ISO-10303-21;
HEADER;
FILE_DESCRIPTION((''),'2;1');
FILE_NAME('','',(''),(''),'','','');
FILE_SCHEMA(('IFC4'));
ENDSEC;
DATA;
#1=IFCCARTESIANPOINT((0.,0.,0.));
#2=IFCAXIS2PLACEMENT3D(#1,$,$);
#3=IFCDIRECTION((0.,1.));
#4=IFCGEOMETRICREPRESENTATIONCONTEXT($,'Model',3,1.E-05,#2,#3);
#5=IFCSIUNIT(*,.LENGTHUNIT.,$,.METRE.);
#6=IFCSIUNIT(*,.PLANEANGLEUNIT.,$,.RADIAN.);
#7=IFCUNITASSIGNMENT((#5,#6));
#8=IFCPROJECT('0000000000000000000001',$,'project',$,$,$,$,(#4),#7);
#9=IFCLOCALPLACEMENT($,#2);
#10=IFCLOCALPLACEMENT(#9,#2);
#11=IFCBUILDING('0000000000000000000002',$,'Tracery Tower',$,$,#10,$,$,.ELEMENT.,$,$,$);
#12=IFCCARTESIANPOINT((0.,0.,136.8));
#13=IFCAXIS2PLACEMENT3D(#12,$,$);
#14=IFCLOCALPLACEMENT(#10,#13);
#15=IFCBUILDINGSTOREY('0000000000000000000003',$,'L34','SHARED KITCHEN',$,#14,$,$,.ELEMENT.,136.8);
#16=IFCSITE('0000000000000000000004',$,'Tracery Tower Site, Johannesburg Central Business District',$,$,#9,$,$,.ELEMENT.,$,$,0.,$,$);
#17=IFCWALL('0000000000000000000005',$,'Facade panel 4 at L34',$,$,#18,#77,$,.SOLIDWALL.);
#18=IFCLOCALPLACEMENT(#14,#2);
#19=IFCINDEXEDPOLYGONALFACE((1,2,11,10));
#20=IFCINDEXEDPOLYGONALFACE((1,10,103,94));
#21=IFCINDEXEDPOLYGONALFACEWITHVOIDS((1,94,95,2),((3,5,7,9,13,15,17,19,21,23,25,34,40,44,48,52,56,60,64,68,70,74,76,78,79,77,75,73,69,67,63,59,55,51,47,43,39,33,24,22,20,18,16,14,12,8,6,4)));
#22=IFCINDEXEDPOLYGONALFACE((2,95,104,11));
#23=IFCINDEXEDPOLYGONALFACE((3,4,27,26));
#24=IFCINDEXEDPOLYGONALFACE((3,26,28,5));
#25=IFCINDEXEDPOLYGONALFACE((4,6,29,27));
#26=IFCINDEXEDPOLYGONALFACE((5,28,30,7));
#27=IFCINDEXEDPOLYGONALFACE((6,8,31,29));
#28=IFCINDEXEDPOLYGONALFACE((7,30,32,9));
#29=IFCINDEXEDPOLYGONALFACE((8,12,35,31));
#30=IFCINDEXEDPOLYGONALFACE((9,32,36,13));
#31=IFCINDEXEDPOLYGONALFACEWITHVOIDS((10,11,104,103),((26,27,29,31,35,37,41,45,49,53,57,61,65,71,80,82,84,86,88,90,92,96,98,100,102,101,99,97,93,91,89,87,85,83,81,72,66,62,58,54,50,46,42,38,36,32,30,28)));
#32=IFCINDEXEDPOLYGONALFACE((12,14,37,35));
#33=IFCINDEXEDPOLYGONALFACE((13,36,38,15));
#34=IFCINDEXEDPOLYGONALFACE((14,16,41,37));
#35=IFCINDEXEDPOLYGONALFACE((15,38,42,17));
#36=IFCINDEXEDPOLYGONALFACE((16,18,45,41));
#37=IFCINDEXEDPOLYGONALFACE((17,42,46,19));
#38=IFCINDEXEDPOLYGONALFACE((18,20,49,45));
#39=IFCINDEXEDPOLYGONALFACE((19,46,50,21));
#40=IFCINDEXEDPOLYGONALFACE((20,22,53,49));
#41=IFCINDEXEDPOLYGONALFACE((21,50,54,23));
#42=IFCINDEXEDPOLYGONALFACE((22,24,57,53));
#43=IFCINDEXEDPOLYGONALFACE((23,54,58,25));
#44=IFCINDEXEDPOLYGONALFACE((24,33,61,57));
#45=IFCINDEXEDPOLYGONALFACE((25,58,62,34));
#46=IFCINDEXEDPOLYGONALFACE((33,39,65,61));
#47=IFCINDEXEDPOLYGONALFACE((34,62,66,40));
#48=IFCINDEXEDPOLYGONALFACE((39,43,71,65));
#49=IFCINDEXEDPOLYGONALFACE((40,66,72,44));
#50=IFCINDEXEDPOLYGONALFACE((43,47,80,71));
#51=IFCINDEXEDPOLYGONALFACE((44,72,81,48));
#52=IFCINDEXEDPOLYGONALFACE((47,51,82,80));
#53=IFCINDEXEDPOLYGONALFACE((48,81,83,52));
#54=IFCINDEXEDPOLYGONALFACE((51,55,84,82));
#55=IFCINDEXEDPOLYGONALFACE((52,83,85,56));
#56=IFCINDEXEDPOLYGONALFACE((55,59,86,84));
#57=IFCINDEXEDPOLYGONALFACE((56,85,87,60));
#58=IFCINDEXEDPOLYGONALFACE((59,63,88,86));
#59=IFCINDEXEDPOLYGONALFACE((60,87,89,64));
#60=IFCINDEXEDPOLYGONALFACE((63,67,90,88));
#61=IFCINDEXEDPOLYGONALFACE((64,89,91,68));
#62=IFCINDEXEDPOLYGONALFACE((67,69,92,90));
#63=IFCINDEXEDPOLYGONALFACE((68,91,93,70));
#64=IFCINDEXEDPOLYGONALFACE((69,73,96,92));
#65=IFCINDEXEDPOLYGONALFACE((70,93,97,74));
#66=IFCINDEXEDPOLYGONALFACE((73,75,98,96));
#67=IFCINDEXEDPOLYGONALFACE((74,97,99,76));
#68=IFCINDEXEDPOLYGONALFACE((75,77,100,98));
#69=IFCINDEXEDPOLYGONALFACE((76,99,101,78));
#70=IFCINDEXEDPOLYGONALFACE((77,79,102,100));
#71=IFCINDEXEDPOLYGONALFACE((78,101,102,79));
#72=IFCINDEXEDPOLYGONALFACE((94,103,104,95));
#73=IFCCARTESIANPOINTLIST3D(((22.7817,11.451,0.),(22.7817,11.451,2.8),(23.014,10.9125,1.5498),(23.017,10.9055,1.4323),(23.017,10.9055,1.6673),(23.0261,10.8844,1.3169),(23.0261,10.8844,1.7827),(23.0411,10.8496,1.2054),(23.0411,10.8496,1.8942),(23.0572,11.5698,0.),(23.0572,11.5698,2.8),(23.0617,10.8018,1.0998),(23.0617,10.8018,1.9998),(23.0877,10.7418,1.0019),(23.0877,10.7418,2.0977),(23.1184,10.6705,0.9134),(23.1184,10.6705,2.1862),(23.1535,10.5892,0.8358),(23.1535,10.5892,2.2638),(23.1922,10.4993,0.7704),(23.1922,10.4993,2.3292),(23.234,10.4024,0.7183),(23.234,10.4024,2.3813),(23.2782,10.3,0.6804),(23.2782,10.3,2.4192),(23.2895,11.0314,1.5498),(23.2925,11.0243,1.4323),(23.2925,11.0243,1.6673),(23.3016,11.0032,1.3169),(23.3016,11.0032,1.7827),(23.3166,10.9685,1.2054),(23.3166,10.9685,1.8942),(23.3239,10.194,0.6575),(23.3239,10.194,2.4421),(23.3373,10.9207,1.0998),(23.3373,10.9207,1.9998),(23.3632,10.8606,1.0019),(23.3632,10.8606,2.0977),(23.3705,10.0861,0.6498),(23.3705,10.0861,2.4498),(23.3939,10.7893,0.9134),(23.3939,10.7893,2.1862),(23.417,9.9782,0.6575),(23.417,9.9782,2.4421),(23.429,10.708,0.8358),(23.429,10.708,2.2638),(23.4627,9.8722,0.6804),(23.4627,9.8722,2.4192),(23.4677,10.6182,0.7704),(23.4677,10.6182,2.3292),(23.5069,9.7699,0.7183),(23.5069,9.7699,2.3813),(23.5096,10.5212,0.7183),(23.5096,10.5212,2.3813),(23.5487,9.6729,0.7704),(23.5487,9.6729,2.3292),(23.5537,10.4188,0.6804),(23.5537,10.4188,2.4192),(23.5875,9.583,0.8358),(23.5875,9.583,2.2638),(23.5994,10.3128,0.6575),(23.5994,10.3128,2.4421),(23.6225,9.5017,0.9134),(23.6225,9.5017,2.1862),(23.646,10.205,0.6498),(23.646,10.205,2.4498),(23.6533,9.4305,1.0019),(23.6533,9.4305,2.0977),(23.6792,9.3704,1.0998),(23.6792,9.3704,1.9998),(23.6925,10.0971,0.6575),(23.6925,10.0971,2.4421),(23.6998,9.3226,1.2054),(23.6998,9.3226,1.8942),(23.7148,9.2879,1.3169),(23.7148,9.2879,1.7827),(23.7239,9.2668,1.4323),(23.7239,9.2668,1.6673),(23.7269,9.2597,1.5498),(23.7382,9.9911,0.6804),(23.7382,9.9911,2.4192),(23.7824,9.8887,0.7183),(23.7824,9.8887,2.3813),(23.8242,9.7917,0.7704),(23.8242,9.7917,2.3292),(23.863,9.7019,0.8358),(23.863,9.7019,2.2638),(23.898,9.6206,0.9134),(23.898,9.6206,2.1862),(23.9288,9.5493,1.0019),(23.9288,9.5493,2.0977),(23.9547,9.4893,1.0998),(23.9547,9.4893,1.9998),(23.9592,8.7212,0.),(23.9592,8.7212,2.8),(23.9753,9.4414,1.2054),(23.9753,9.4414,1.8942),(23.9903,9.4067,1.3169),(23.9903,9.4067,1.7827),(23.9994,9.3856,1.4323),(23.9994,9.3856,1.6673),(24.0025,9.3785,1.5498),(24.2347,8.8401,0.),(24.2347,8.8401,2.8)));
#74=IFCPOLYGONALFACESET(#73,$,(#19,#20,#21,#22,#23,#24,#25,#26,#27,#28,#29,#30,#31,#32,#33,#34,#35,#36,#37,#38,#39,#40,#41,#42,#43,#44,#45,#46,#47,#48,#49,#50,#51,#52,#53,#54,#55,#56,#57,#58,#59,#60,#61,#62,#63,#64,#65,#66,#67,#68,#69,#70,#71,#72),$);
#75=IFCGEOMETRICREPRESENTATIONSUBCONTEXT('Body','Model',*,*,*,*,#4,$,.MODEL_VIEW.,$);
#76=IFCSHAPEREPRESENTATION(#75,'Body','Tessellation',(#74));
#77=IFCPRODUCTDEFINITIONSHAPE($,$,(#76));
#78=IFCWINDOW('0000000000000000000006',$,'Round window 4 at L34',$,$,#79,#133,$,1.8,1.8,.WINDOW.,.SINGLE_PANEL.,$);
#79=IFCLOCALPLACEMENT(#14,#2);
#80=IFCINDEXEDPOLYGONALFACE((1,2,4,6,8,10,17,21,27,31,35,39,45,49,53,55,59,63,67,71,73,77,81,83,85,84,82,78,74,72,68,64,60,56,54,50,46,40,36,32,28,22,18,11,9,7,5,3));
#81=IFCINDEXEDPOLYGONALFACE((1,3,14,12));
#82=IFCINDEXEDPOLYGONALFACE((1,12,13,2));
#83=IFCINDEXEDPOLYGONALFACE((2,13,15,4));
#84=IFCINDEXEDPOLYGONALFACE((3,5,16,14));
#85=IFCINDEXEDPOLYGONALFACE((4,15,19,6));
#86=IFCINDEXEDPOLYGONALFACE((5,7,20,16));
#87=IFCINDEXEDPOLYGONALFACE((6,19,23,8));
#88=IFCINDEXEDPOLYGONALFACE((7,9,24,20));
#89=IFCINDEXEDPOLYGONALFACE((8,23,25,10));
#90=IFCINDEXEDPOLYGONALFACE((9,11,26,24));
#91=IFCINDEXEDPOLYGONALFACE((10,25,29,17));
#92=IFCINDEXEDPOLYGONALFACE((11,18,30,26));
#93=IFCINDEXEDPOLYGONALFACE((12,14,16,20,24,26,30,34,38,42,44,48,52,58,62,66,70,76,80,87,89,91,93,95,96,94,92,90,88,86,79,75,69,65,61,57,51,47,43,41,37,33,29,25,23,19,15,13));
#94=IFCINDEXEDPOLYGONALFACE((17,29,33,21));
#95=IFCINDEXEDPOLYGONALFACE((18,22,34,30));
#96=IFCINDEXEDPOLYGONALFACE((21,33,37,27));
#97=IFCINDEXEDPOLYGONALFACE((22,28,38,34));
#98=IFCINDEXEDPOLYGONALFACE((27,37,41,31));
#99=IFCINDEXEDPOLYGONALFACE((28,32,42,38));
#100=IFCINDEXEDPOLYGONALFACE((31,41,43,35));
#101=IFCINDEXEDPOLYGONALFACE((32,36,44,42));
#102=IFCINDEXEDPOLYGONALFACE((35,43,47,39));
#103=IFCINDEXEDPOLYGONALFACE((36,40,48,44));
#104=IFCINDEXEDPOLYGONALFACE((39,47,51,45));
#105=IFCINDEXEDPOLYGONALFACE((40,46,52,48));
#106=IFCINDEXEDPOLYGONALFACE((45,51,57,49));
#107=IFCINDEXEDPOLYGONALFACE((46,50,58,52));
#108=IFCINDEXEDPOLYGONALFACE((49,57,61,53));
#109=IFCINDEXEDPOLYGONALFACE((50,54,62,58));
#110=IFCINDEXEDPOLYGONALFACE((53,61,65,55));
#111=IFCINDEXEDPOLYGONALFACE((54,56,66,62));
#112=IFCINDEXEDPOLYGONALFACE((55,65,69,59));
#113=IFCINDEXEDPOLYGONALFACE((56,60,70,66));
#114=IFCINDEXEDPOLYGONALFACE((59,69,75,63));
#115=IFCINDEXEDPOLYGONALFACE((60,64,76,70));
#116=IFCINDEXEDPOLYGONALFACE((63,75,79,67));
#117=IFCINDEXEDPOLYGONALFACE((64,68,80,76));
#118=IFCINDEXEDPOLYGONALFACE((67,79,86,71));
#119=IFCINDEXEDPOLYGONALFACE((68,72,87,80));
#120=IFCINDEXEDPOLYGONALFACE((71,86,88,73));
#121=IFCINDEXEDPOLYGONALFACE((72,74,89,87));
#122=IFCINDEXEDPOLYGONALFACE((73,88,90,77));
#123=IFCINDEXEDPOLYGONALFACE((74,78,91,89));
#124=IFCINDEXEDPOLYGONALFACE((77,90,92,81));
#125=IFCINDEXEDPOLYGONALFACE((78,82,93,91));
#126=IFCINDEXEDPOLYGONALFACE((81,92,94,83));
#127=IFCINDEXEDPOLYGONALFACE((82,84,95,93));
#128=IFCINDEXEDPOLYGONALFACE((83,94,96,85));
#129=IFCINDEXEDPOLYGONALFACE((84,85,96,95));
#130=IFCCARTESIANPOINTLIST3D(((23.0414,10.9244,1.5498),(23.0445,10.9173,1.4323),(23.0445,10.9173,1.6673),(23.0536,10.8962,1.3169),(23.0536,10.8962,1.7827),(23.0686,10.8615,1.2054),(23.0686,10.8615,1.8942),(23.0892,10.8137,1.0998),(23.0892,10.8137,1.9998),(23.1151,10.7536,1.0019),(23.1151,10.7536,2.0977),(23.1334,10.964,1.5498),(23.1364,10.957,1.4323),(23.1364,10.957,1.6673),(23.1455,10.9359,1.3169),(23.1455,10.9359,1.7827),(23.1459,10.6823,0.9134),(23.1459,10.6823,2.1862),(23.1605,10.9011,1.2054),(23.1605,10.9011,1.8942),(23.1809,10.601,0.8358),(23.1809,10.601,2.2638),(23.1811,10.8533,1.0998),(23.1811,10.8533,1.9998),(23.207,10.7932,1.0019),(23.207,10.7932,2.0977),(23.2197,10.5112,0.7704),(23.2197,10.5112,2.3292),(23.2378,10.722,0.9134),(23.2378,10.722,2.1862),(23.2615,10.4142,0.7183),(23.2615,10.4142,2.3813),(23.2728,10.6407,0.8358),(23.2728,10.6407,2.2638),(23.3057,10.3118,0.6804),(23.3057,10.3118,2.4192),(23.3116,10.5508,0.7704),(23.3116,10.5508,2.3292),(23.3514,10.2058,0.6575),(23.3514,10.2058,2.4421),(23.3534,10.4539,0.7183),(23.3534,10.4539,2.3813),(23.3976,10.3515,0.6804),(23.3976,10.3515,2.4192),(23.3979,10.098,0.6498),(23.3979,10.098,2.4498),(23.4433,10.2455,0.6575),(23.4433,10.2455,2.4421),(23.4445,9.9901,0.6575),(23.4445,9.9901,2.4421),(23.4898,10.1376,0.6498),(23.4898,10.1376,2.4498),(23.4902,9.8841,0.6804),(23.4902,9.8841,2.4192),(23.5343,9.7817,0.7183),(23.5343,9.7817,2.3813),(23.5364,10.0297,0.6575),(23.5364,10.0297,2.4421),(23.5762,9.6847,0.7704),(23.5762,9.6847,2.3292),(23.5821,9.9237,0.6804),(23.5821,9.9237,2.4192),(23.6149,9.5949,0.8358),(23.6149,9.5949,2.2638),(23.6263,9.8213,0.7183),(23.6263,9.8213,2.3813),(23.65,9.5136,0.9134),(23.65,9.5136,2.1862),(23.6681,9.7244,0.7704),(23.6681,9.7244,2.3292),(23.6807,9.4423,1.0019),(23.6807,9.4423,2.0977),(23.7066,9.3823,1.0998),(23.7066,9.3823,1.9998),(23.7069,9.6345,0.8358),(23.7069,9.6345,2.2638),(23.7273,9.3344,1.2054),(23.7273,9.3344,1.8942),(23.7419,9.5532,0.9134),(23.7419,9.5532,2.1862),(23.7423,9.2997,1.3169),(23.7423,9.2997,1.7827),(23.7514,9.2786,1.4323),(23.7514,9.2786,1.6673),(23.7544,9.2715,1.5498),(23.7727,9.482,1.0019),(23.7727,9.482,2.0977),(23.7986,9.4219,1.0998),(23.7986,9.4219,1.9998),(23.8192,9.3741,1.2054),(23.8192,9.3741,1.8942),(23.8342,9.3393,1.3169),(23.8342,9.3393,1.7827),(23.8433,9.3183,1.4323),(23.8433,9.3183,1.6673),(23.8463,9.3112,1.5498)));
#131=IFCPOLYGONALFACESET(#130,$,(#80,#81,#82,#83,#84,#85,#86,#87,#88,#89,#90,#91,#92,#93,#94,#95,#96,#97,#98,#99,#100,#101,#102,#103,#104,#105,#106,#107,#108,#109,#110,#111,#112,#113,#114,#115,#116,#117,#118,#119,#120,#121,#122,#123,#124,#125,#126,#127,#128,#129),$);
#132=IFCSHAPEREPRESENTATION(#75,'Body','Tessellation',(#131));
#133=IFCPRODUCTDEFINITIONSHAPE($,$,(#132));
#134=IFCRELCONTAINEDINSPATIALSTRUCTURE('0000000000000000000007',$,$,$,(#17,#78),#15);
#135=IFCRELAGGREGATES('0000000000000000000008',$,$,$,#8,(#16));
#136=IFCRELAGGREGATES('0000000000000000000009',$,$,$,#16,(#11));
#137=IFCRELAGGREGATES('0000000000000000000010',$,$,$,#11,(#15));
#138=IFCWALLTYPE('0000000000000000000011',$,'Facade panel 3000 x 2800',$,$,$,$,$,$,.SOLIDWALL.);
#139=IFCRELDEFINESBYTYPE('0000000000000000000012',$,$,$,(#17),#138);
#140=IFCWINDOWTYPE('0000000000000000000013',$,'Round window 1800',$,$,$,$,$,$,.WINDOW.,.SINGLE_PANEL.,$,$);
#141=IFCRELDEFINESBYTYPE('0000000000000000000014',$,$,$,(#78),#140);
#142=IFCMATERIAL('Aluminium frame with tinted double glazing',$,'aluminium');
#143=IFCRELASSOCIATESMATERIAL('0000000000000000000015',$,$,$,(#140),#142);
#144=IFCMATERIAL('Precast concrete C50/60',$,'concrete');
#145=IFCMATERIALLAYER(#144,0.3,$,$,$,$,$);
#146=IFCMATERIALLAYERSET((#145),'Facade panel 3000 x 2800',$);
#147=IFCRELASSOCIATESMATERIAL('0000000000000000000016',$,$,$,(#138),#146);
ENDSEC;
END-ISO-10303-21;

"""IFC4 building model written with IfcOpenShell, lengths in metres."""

from ifc_helpers import new_model, si_unit, direction, frame, frame_2d, origin, origin_2d, place, context, subcontext, project, spatial, rectangle, circle, extrude, material, layer, layer_set, type_object, element, fill, save


model = new_model("IFC4")

# Units and contexts
model_context = context("Model", 3, precision=1e-05, world=origin(), true_north=direction((0.0, 1.0)))
body_context = subcontext(model_context, "Body", "Model", "MODEL_VIEW")
ifc_project = project(units=[si_unit("LENGTHUNIT", "METRE"), si_unit("PLANEANGLEUNIT", "RADIAN")], contexts=[model_context])

# Site, building, storey
site_placement = place(None, origin())
site = spatial("IfcSite", under=ifc_project, at=site_placement, Name="Tracery Tower Site, Johannesburg Central Business District", CompositionType="ELEMENT", RefElevation=0.0)
building_placement = place(site_placement, origin())
building = spatial("IfcBuilding", under=site, at=building_placement, Name="Tracery Tower", CompositionType="ELEMENT")
storey_placement = place(building_placement, frame((0.0, 0.0, 136.8)))
storey = spatial("IfcBuildingStorey", under=building, at=storey_placement, Name="L34", Description="SHARED KITCHEN", CompositionType="ELEMENT", Elevation=136.8)

# Wall, opening, window
ifc_material_1 = material(Name="Aluminium frame with tinted double glazing", Category="aluminium")
window_type = type_object("IfcWindowType", Name="Round window 1800", PartitioningType="SINGLE_PANEL", PredefinedType="WINDOW", material=ifc_material_1)
ifc_material_2 = material(Name="Precast concrete C50/60", Category="concrete")
ifc_layer_1 = layer(ifc_material_2, 0.3)
ifc_layer_set_1 = layer_set([ifc_layer_1], Name="Facade panel 3000 x 2800")
wall_type_1 = type_object("IfcWallType", Name="Facade panel 3000 x 2800", PredefinedType="SOLIDWALL", material=ifc_layer_set_1)
wall_1_placement = place(storey_placement, frame((24.0969, 8.7808, 0.0), z_axis=(0.0, 0.0, 1.0), x_axis=(-0.396079, 0.918216, 0.0)))
wall_1 = element("IfcWall", 1, at=wall_1_placement, inside=storey, type_object=wall_type_1, Name="Facade panel 4 at L34", PredefinedType="SOLIDWALL", context=body_context, shape_type="SweptSolid", body=[
    extrude(rectangle(XDim=2.9729, YDim=0.3, at=frame_2d((1.4863, 0.0))), origin(), (0.0, 0.0, 1.0), 2.8),
])
opening_1_placement = place(wall_1_placement, frame((1.4863, 0.0, 1.5498)))
opening_1 = element("IfcOpeningElement", 2, at=opening_1_placement, cuts=wall_1, PredefinedType="OPENING", context=body_context, shape_type="SweptSolid", body=[
    extrude(circle(Radius=0.9, at=origin_2d()), frame((0.0, 0.1599, 0.0), z_axis=(0.0, -1.0, 0.0), x_axis=(1.0, 0.0, 0.0)), (0.0, 0.0, 1.0), 0.3201),
])
window_1_placement = place(opening_1_placement, origin())
window_1 = element("IfcWindow", 3, at=window_1_placement, inside=storey, type_object=window_type, Name="Round window 4 at L34", OverallHeight=1.8, OverallWidth=1.8, PartitioningType="SINGLE_PANEL", PredefinedType="WINDOW", context=body_context, shape_type="SweptSolid", body=[
    extrude(circle(Radius=0.9, at=origin_2d()), frame((0.0, 0.1201, 0.0), z_axis=(0.0, -1.0, 0.0), x_axis=(1.0, 0.0, 0.0)), (0.0, 0.0, 1.0), 0.1001),
])
fill(opening_1, window_1)

save(model, "model.ifc")
